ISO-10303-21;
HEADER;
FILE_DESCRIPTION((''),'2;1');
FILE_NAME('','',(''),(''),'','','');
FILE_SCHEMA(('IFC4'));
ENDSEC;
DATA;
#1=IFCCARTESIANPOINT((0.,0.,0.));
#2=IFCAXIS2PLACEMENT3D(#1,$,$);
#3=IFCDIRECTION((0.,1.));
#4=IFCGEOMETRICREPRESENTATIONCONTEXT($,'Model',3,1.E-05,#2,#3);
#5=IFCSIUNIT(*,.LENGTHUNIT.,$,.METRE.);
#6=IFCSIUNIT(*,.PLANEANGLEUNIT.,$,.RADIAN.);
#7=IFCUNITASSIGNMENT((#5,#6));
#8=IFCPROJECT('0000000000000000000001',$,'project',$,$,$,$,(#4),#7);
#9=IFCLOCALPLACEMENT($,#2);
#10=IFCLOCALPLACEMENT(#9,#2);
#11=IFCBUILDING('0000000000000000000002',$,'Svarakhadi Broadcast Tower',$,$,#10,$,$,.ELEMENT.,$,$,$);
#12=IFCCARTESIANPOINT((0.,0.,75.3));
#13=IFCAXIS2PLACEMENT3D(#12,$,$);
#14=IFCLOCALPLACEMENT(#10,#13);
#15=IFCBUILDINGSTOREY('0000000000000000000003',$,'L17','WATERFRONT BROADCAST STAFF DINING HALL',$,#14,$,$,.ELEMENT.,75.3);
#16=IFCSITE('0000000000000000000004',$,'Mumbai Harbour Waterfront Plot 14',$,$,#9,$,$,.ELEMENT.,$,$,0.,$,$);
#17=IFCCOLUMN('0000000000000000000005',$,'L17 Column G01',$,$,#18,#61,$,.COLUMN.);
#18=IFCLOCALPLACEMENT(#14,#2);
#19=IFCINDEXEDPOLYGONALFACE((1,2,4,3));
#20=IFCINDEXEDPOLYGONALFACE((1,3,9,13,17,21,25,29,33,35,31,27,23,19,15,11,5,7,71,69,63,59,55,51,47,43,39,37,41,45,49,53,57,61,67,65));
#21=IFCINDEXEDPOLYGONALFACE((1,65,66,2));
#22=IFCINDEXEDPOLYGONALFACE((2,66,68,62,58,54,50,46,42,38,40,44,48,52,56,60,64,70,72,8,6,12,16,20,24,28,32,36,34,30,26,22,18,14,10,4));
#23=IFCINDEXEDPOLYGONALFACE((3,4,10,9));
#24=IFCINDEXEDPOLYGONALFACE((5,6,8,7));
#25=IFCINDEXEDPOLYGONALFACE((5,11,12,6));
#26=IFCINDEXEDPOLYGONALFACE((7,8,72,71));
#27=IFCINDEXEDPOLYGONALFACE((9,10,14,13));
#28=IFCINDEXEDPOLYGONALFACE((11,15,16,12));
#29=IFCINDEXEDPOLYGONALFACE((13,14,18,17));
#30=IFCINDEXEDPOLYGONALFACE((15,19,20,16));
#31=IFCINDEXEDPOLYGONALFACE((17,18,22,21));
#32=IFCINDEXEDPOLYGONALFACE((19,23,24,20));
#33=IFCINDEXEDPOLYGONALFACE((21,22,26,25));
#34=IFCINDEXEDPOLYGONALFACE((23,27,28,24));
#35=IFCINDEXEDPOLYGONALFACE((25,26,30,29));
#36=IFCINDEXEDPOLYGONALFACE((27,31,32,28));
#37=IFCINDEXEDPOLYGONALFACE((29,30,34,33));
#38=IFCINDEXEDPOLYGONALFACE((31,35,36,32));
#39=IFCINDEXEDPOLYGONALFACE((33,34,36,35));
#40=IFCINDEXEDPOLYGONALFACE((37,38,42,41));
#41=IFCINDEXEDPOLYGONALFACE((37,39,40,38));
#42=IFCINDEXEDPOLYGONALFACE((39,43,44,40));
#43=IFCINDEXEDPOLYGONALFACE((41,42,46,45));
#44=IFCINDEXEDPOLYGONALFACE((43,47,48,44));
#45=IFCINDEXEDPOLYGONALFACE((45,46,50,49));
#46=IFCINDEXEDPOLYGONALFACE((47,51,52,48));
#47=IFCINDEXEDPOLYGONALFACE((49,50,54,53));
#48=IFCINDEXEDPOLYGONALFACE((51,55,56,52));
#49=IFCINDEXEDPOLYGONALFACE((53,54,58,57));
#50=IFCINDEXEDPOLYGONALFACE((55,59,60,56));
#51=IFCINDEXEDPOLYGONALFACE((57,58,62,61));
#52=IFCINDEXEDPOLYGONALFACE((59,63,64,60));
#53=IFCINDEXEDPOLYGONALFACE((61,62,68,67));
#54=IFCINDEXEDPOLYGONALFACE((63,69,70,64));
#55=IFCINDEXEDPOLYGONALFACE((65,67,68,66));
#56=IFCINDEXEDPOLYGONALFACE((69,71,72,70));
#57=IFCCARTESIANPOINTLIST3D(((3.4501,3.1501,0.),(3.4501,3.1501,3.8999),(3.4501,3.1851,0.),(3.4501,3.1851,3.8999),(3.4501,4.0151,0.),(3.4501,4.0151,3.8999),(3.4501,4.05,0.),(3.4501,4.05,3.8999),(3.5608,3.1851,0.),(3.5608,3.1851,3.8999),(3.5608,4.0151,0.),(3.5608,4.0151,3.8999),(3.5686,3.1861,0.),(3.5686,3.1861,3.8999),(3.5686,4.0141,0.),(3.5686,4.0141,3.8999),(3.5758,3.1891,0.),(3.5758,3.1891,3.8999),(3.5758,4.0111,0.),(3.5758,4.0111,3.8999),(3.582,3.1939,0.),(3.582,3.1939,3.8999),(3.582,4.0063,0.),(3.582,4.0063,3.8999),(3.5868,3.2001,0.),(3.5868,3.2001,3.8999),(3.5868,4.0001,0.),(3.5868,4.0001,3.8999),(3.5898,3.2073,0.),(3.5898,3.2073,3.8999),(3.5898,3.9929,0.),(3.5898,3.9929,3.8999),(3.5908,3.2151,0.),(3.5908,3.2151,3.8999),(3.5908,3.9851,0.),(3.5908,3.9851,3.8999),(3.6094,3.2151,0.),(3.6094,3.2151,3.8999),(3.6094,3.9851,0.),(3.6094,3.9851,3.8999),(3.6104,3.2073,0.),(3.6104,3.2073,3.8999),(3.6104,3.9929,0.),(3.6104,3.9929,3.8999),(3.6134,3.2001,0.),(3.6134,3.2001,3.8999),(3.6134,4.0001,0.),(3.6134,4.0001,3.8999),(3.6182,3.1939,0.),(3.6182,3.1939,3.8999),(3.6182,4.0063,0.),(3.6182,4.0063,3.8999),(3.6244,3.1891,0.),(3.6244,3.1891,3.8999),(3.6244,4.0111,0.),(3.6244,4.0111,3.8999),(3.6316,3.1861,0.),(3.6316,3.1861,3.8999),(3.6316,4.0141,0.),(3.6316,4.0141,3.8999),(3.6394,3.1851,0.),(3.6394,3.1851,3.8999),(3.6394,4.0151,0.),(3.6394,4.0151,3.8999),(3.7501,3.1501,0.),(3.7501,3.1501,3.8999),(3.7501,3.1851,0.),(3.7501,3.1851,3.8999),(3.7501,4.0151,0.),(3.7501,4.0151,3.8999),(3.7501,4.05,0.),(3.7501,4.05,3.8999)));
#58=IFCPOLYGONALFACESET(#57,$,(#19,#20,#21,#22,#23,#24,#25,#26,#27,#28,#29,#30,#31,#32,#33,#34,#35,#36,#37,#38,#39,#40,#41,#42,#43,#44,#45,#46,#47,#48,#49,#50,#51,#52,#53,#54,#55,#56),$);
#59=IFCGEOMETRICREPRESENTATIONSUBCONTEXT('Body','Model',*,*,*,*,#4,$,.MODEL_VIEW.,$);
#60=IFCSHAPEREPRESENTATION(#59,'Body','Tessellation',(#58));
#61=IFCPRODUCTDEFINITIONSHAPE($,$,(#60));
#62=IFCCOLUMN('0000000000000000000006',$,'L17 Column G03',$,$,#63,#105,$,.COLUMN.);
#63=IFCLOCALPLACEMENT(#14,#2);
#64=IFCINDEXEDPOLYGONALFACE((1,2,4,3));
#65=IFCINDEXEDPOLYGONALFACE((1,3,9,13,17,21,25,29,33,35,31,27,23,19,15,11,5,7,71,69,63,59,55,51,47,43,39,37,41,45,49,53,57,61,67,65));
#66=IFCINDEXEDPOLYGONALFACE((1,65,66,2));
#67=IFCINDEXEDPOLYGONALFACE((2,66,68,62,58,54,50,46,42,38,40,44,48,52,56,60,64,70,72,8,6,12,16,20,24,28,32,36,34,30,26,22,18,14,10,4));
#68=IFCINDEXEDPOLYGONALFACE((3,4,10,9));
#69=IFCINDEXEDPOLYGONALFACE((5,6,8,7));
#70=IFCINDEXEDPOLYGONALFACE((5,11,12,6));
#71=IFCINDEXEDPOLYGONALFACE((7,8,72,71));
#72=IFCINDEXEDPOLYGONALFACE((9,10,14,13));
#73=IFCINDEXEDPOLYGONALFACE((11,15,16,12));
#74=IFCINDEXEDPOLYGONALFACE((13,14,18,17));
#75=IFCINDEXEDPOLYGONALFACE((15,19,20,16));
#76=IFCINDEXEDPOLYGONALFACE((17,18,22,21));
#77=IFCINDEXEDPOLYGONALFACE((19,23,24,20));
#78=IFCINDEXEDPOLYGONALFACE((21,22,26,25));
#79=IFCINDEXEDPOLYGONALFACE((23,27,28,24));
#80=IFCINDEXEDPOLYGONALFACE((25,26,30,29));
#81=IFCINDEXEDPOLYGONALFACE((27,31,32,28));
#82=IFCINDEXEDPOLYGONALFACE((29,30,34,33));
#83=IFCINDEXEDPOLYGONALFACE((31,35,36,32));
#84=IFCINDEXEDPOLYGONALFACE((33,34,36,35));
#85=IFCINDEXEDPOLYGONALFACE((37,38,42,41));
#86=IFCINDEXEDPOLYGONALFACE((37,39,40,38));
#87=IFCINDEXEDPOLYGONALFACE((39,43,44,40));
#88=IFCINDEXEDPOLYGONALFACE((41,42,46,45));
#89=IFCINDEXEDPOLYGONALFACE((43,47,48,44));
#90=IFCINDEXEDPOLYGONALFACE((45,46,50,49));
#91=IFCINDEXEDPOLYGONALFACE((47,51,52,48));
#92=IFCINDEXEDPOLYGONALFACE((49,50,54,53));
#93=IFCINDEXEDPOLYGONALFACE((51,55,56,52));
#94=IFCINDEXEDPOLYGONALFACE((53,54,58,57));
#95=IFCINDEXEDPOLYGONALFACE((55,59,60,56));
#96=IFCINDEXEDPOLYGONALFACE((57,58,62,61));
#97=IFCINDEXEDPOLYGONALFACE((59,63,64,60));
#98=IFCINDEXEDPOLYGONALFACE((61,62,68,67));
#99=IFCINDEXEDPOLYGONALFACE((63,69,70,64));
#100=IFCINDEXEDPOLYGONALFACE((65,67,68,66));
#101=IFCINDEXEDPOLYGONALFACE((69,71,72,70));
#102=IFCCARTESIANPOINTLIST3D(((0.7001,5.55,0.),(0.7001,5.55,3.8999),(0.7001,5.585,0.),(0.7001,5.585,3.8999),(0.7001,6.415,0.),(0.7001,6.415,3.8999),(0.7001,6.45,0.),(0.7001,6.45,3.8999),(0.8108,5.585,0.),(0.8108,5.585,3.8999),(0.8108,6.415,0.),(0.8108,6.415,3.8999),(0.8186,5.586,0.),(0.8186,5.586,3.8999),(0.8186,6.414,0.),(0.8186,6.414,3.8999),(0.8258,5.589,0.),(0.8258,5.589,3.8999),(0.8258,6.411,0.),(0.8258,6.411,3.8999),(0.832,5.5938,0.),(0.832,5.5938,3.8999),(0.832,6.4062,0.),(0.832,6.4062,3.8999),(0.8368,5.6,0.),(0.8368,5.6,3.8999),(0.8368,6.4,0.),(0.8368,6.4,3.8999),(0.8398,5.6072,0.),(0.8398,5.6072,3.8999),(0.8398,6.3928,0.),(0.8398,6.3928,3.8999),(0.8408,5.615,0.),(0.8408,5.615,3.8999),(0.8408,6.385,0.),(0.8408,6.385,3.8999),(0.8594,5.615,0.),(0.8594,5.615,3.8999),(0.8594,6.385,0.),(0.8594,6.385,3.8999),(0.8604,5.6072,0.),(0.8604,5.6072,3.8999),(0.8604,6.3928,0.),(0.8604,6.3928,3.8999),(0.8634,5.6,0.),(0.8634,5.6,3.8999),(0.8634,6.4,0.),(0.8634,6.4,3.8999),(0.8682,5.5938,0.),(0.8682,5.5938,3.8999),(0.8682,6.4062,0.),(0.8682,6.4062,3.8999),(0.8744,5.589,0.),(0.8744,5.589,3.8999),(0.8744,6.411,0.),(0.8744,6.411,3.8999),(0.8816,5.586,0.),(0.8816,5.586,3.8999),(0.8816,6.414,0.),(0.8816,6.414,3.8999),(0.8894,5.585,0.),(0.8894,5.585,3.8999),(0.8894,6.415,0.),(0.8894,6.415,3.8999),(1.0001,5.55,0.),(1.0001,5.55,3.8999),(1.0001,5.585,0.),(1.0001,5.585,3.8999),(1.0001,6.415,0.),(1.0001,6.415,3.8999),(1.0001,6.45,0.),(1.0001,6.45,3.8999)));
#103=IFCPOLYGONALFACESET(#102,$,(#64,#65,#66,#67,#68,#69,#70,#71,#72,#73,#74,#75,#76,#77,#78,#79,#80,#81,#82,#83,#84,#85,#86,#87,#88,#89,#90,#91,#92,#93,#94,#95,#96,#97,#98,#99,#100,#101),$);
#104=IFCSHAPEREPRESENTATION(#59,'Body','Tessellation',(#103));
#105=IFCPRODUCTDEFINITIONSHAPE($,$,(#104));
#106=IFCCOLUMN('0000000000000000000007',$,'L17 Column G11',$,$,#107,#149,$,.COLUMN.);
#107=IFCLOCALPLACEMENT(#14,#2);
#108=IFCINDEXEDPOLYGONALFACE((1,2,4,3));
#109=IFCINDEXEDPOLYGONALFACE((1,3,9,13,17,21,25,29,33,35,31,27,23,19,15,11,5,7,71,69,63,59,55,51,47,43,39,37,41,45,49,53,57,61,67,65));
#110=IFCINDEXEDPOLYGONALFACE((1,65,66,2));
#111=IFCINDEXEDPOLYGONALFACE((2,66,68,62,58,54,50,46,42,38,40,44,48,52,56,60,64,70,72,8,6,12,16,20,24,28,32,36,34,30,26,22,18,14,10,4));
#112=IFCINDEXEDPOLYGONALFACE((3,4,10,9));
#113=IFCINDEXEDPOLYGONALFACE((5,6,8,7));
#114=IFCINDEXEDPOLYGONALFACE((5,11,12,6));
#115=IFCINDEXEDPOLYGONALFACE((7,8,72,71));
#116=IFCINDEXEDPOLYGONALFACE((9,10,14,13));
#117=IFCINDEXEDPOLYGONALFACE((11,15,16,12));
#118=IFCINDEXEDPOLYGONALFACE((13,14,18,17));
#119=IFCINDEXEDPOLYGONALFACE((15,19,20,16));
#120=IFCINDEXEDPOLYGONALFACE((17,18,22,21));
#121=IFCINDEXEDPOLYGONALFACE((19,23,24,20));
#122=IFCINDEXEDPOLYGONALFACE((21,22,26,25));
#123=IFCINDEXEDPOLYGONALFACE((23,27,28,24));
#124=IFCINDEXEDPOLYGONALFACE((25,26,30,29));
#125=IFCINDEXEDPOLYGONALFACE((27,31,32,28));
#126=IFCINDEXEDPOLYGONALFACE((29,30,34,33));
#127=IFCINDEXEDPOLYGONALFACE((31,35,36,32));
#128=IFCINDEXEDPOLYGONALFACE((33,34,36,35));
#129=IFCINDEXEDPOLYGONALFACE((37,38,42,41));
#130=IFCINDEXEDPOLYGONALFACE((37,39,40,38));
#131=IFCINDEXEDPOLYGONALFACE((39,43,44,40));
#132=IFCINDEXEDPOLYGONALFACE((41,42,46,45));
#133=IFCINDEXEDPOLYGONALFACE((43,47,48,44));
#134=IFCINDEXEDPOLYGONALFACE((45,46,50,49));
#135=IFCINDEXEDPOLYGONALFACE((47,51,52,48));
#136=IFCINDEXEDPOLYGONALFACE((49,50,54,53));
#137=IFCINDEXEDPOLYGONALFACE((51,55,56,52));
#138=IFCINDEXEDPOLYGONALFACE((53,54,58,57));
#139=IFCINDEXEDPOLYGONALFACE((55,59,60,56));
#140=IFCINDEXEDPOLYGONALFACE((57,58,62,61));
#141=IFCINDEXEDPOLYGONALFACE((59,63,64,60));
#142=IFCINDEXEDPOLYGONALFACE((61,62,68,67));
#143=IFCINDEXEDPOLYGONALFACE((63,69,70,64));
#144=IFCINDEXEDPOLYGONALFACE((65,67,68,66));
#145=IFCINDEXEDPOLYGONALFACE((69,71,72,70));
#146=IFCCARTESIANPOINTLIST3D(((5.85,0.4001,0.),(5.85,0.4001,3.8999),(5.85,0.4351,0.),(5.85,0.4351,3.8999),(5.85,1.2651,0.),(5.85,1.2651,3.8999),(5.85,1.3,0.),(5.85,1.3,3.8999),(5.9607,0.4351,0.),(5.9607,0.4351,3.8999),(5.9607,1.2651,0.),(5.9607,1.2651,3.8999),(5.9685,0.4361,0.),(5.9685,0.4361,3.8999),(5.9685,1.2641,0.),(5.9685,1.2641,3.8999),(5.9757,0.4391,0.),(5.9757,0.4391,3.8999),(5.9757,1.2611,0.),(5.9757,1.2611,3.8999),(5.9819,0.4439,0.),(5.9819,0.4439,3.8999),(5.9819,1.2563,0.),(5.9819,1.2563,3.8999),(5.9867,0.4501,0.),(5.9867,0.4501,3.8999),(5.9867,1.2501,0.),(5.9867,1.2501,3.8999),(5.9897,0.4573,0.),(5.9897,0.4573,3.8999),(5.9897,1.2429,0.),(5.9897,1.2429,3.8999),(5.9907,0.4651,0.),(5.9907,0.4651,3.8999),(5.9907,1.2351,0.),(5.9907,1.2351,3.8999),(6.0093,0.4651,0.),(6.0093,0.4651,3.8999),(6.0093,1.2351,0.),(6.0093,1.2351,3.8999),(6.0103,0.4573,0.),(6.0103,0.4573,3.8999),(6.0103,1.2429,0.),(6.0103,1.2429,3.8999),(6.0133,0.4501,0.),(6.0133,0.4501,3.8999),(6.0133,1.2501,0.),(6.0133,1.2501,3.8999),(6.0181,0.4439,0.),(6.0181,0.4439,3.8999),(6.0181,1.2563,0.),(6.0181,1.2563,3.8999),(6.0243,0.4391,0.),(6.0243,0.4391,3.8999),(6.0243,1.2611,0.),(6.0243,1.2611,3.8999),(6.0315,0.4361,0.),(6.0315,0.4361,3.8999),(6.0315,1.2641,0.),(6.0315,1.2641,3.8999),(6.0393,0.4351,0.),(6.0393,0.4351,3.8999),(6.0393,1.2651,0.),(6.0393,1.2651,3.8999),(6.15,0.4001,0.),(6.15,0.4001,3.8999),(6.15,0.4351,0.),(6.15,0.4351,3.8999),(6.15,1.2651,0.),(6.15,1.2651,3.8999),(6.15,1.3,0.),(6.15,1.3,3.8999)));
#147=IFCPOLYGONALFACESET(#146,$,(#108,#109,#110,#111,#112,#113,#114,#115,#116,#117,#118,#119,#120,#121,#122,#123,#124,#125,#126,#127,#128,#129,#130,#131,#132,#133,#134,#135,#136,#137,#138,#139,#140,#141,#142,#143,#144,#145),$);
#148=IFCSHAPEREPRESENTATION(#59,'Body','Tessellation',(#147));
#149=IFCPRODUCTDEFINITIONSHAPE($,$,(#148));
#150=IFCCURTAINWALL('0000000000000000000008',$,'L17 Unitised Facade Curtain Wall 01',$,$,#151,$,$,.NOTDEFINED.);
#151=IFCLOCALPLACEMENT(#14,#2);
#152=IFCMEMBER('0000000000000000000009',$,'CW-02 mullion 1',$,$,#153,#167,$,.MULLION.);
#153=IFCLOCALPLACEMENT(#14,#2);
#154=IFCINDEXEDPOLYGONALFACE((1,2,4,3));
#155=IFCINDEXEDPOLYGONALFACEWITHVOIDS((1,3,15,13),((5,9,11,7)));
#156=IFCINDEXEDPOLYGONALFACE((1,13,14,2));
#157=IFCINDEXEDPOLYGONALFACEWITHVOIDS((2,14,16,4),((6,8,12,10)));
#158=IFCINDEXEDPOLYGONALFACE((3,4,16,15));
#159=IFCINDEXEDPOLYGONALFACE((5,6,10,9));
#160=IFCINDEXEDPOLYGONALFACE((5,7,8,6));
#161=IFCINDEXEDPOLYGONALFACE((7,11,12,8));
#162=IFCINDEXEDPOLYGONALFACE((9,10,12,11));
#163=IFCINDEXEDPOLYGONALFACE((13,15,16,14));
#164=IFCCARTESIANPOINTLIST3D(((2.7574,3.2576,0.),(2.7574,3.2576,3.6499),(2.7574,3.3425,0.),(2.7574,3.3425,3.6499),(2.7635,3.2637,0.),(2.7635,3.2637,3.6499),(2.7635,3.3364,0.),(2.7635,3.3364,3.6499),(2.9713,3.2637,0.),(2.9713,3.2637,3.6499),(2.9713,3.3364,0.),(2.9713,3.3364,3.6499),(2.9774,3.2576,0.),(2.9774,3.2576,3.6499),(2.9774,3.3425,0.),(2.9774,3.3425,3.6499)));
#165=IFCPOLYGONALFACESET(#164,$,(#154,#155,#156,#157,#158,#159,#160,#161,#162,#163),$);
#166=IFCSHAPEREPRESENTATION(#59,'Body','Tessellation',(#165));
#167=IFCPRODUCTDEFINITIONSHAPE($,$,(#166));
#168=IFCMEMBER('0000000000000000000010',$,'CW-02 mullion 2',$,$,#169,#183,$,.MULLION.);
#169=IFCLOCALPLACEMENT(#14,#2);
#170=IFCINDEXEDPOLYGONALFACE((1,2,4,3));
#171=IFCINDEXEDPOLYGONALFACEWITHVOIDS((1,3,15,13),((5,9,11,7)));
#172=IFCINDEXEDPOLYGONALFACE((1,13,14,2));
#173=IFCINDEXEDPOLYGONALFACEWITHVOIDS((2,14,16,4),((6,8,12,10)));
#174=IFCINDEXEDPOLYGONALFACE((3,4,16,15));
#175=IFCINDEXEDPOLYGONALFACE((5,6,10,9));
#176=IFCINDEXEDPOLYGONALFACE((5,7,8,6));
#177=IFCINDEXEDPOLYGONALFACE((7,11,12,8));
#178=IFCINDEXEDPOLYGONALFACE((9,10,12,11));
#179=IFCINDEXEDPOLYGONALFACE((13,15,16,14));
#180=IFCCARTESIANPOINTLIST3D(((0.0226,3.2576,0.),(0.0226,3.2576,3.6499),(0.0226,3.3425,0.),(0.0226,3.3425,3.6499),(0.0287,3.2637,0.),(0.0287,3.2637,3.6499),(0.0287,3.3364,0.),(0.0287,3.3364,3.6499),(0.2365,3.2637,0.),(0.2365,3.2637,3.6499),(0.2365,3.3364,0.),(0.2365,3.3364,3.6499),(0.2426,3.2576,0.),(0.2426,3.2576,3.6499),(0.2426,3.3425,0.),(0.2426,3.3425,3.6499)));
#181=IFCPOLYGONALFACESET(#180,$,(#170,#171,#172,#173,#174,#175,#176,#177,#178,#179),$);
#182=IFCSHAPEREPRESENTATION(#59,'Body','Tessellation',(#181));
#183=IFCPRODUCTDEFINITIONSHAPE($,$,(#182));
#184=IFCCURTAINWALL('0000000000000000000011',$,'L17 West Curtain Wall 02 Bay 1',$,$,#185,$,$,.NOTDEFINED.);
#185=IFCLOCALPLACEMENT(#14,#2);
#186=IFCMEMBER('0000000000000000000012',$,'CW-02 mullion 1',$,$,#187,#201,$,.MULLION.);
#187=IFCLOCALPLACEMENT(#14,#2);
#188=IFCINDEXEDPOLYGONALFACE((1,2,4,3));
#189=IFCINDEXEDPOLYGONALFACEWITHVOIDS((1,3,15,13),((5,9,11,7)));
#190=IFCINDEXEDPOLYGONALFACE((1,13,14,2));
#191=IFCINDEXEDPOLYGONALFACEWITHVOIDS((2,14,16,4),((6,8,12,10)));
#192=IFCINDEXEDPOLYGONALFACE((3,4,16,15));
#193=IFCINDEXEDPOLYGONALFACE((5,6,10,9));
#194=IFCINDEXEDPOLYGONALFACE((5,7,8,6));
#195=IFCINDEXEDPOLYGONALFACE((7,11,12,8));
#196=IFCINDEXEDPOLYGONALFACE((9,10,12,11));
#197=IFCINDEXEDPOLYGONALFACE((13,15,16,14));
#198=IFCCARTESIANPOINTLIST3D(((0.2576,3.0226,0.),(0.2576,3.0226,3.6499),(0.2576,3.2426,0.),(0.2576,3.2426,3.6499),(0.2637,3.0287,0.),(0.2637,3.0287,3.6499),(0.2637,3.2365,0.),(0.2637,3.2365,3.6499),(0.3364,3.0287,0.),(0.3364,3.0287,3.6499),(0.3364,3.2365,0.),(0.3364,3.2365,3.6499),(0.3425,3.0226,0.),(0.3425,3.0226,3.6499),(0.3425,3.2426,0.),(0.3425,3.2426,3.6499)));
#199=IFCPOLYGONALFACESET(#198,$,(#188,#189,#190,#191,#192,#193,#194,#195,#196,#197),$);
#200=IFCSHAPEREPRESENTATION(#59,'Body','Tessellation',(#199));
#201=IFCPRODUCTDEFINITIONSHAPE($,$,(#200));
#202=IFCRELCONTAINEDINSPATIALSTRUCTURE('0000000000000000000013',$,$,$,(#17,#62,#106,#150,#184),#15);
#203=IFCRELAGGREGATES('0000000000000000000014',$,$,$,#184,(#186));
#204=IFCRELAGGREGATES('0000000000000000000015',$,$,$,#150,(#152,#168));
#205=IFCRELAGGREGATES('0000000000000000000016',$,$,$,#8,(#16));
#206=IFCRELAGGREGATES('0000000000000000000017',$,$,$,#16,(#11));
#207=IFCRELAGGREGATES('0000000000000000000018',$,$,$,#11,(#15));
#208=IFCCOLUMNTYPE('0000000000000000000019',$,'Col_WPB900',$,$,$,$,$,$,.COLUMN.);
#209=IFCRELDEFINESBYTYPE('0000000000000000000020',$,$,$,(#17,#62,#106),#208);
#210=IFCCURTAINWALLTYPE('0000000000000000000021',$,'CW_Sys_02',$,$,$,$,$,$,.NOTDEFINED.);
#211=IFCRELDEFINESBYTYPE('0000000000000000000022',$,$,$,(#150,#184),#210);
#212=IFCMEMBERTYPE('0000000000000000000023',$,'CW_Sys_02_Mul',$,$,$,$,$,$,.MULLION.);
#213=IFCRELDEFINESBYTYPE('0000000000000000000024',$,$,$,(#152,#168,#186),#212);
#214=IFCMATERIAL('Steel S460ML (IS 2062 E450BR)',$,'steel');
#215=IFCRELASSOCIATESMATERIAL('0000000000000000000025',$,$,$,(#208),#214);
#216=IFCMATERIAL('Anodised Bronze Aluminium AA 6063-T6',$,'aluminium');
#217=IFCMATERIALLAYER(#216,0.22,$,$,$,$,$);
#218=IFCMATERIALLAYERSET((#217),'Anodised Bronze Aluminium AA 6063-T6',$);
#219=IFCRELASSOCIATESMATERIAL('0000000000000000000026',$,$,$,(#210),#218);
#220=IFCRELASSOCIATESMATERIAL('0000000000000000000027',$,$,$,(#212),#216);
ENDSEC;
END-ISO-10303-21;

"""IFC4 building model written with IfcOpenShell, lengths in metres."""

from ifc_helpers import new_model, si_unit, direction, frame, origin, origin_2d, place, context, subcontext, project, spatial, hollow_rectangle, i_section, extrude, material, layer, layer_set, material_profile, profile_set, type_object, element, aggregate, save


model = new_model("IFC4")

# Units and contexts
model_context = context("Model", 3, precision=1e-05, world=origin(), true_north=direction((0.0, 1.0)))
body_context = subcontext(model_context, "Body", "Model", "MODEL_VIEW")
ifc_project = project(units=[si_unit("LENGTHUNIT", "METRE"), si_unit("PLANEANGLEUNIT", "RADIAN")], contexts=[model_context])

# Site, building, storey
site_placement = place(None, origin())
site = spatial("IfcSite", under=ifc_project, at=site_placement, Name="Mumbai Harbour Waterfront Plot 14", CompositionType="ELEMENT", RefElevation=0.0)
building_placement = place(site_placement, origin())
building = spatial("IfcBuilding", under=site, at=building_placement, Name="Svarakhadi Broadcast Tower", CompositionType="ELEMENT")
storey_placement = place(building_placement, frame((0.0, 0.0, 75.3)))
storey = spatial("IfcBuildingStorey", under=building, at=storey_placement, Name="L17", Description="WATERFRONT BROADCAST STAFF DINING HALL", CompositionType="ELEMENT", Elevation=75.3)

# Columns
ifc_material_1 = material(Name="Steel S460ML (IS 2062 E450BR)", Category="steel")
ifc_material_profile_1 = material_profile(ifc_material_1, i_section(OverallWidth=0.3, OverallDepth=0.8999, WebThickness=0.0186, FlangeThickness=0.0349, FilletRadius=0.03, at=origin_2d()), Name="WPB 900x300x291")
ifc_profile_set_1 = profile_set([ifc_material_profile_1], Name="Steel S460ML (IS 2062 E450BR)")
column_type = type_object("IfcColumnType", Name="Col_WPB900", PredefinedType="COLUMN", material=ifc_profile_set_1)
for number, where, z_axis, x_axis, name in (
    (1, (3.6001, 3.6001, 0.0), (0.0, 0.0, 1.0), (1.0, 0.0, 0.0), "L17 Column G01"),
    (2, (0.8501, 6.0, 0.0), (0.0, 0.0, 1.0), (1.0, 0.0, 0.0), "L17 Column G03"),
    (3, (6.0, 0.8501, 0.0), (0.0, 0.0, 1.0), (1.0, 0.0, 0.0), "L17 Column G11"),
):
    element("IfcColumn", number, at=place(storey_placement, frame(where, z_axis=z_axis, x_axis=x_axis)), inside=storey, type_object=column_type, Name=name, PredefinedType="COLUMN", context=body_context, shape_type="SweptSolid", body=[
        extrude(i_section(OverallWidth=0.3, OverallDepth=0.8999, WebThickness=0.0186, FlangeThickness=0.0349, FilletRadius=0.03, at=origin_2d()), origin(), (0.0, 0.0, 1.0), 3.8999),
    ])

# Curtain wall, members
ifc_material_2 = material(Name="Anodised Bronze Aluminium AA 6063-T6", Category="aluminium")
ifc_layer_1 = layer(ifc_material_2, 0.22)
ifc_layer_set_1 = layer_set([ifc_layer_1], Name="Anodised Bronze Aluminium AA 6063-T6")
curtain_wall_type = type_object("IfcCurtainWallType", Name="CW_Sys_02", PredefinedType="NOTDEFINED", material=ifc_layer_set_1)
curtain_wall_1_placement = place(storey_placement, origin())
curtain_wall_1 = element("IfcCurtainWall", 4, at=curtain_wall_1_placement, inside=storey, type_object=curtain_wall_type, Name="L17 Unitised Facade Curtain Wall 01", PredefinedType="NOTDEFINED")
ifc_material_profile_2 = material_profile(ifc_material_2, hollow_rectangle(XDim=0.085, YDim=0.22, WallThickness=0.0061, at=origin_2d()), Name="ALU MULLION 220x85x6")
ifc_profile_set_2 = profile_set([ifc_material_profile_2], Name="Anodised Bronze Aluminium AA 6063-T6")
member_type_1 = type_object("IfcMemberType", Name="CW_Sys_02_Mul", PredefinedType="MULLION", material=ifc_profile_set_2)
member_1_placement = place(storey_placement, frame((2.8674, 3.3, 0.0), z_axis=(0.0, 0.0, 1.0), x_axis=(0.0, -1.0, 0.0)))
member_1 = element("IfcMember", 5, at=member_1_placement, type_object=member_type_1, Name="CW-02 mullion 1", PredefinedType="MULLION", context=body_context, shape_type="SweptSolid", body=[
    extrude(hollow_rectangle(XDim=0.085, YDim=0.22, WallThickness=0.0061, at=origin_2d()), origin(), (0.0, 0.0, 1.0), 3.6499),
])
member_2_placement = place(storey_placement, frame((0.1326, 3.3, 0.0), z_axis=(0.0, 0.0, 1.0), x_axis=(0.0, -1.0, 0.0)))
member_2 = element("IfcMember", 6, at=member_2_placement, type_object=member_type_1, Name="CW-02 mullion 2", PredefinedType="MULLION", context=body_context, shape_type="SweptSolid", body=[
    extrude(hollow_rectangle(XDim=0.085, YDim=0.22, WallThickness=0.0061, at=origin_2d()), origin(), (0.0, 0.0, 1.0), 3.6499),
])

# Curtain wall, member
curtain_wall_2_placement = place(storey_placement, origin())
curtain_wall_2 = element("IfcCurtainWall", 7, at=curtain_wall_2_placement, inside=storey, type_object=curtain_wall_type, Name="L17 West Curtain Wall 02 Bay 1", PredefinedType="NOTDEFINED")
member_3_placement = place(storey_placement, frame((0.3, 3.1326, 0.0), z_axis=(0.0, 0.0, 1.0), x_axis=(-1.0, 0.0, 0.0)))
member_3 = element("IfcMember", 8, at=member_3_placement, type_object=member_type_1, Name="CW-02 mullion 1", PredefinedType="MULLION", context=body_context, shape_type="SweptSolid", body=[
    extrude(hollow_rectangle(XDim=0.085, YDim=0.22, WallThickness=0.0061, at=origin_2d()), origin(), (0.0, 0.0, 1.0), 3.6499),
])

aggregate(curtain_wall_2, [member_3])

aggregate(curtain_wall_1, [member_1, member_2])

save(model, "model.ifc")
